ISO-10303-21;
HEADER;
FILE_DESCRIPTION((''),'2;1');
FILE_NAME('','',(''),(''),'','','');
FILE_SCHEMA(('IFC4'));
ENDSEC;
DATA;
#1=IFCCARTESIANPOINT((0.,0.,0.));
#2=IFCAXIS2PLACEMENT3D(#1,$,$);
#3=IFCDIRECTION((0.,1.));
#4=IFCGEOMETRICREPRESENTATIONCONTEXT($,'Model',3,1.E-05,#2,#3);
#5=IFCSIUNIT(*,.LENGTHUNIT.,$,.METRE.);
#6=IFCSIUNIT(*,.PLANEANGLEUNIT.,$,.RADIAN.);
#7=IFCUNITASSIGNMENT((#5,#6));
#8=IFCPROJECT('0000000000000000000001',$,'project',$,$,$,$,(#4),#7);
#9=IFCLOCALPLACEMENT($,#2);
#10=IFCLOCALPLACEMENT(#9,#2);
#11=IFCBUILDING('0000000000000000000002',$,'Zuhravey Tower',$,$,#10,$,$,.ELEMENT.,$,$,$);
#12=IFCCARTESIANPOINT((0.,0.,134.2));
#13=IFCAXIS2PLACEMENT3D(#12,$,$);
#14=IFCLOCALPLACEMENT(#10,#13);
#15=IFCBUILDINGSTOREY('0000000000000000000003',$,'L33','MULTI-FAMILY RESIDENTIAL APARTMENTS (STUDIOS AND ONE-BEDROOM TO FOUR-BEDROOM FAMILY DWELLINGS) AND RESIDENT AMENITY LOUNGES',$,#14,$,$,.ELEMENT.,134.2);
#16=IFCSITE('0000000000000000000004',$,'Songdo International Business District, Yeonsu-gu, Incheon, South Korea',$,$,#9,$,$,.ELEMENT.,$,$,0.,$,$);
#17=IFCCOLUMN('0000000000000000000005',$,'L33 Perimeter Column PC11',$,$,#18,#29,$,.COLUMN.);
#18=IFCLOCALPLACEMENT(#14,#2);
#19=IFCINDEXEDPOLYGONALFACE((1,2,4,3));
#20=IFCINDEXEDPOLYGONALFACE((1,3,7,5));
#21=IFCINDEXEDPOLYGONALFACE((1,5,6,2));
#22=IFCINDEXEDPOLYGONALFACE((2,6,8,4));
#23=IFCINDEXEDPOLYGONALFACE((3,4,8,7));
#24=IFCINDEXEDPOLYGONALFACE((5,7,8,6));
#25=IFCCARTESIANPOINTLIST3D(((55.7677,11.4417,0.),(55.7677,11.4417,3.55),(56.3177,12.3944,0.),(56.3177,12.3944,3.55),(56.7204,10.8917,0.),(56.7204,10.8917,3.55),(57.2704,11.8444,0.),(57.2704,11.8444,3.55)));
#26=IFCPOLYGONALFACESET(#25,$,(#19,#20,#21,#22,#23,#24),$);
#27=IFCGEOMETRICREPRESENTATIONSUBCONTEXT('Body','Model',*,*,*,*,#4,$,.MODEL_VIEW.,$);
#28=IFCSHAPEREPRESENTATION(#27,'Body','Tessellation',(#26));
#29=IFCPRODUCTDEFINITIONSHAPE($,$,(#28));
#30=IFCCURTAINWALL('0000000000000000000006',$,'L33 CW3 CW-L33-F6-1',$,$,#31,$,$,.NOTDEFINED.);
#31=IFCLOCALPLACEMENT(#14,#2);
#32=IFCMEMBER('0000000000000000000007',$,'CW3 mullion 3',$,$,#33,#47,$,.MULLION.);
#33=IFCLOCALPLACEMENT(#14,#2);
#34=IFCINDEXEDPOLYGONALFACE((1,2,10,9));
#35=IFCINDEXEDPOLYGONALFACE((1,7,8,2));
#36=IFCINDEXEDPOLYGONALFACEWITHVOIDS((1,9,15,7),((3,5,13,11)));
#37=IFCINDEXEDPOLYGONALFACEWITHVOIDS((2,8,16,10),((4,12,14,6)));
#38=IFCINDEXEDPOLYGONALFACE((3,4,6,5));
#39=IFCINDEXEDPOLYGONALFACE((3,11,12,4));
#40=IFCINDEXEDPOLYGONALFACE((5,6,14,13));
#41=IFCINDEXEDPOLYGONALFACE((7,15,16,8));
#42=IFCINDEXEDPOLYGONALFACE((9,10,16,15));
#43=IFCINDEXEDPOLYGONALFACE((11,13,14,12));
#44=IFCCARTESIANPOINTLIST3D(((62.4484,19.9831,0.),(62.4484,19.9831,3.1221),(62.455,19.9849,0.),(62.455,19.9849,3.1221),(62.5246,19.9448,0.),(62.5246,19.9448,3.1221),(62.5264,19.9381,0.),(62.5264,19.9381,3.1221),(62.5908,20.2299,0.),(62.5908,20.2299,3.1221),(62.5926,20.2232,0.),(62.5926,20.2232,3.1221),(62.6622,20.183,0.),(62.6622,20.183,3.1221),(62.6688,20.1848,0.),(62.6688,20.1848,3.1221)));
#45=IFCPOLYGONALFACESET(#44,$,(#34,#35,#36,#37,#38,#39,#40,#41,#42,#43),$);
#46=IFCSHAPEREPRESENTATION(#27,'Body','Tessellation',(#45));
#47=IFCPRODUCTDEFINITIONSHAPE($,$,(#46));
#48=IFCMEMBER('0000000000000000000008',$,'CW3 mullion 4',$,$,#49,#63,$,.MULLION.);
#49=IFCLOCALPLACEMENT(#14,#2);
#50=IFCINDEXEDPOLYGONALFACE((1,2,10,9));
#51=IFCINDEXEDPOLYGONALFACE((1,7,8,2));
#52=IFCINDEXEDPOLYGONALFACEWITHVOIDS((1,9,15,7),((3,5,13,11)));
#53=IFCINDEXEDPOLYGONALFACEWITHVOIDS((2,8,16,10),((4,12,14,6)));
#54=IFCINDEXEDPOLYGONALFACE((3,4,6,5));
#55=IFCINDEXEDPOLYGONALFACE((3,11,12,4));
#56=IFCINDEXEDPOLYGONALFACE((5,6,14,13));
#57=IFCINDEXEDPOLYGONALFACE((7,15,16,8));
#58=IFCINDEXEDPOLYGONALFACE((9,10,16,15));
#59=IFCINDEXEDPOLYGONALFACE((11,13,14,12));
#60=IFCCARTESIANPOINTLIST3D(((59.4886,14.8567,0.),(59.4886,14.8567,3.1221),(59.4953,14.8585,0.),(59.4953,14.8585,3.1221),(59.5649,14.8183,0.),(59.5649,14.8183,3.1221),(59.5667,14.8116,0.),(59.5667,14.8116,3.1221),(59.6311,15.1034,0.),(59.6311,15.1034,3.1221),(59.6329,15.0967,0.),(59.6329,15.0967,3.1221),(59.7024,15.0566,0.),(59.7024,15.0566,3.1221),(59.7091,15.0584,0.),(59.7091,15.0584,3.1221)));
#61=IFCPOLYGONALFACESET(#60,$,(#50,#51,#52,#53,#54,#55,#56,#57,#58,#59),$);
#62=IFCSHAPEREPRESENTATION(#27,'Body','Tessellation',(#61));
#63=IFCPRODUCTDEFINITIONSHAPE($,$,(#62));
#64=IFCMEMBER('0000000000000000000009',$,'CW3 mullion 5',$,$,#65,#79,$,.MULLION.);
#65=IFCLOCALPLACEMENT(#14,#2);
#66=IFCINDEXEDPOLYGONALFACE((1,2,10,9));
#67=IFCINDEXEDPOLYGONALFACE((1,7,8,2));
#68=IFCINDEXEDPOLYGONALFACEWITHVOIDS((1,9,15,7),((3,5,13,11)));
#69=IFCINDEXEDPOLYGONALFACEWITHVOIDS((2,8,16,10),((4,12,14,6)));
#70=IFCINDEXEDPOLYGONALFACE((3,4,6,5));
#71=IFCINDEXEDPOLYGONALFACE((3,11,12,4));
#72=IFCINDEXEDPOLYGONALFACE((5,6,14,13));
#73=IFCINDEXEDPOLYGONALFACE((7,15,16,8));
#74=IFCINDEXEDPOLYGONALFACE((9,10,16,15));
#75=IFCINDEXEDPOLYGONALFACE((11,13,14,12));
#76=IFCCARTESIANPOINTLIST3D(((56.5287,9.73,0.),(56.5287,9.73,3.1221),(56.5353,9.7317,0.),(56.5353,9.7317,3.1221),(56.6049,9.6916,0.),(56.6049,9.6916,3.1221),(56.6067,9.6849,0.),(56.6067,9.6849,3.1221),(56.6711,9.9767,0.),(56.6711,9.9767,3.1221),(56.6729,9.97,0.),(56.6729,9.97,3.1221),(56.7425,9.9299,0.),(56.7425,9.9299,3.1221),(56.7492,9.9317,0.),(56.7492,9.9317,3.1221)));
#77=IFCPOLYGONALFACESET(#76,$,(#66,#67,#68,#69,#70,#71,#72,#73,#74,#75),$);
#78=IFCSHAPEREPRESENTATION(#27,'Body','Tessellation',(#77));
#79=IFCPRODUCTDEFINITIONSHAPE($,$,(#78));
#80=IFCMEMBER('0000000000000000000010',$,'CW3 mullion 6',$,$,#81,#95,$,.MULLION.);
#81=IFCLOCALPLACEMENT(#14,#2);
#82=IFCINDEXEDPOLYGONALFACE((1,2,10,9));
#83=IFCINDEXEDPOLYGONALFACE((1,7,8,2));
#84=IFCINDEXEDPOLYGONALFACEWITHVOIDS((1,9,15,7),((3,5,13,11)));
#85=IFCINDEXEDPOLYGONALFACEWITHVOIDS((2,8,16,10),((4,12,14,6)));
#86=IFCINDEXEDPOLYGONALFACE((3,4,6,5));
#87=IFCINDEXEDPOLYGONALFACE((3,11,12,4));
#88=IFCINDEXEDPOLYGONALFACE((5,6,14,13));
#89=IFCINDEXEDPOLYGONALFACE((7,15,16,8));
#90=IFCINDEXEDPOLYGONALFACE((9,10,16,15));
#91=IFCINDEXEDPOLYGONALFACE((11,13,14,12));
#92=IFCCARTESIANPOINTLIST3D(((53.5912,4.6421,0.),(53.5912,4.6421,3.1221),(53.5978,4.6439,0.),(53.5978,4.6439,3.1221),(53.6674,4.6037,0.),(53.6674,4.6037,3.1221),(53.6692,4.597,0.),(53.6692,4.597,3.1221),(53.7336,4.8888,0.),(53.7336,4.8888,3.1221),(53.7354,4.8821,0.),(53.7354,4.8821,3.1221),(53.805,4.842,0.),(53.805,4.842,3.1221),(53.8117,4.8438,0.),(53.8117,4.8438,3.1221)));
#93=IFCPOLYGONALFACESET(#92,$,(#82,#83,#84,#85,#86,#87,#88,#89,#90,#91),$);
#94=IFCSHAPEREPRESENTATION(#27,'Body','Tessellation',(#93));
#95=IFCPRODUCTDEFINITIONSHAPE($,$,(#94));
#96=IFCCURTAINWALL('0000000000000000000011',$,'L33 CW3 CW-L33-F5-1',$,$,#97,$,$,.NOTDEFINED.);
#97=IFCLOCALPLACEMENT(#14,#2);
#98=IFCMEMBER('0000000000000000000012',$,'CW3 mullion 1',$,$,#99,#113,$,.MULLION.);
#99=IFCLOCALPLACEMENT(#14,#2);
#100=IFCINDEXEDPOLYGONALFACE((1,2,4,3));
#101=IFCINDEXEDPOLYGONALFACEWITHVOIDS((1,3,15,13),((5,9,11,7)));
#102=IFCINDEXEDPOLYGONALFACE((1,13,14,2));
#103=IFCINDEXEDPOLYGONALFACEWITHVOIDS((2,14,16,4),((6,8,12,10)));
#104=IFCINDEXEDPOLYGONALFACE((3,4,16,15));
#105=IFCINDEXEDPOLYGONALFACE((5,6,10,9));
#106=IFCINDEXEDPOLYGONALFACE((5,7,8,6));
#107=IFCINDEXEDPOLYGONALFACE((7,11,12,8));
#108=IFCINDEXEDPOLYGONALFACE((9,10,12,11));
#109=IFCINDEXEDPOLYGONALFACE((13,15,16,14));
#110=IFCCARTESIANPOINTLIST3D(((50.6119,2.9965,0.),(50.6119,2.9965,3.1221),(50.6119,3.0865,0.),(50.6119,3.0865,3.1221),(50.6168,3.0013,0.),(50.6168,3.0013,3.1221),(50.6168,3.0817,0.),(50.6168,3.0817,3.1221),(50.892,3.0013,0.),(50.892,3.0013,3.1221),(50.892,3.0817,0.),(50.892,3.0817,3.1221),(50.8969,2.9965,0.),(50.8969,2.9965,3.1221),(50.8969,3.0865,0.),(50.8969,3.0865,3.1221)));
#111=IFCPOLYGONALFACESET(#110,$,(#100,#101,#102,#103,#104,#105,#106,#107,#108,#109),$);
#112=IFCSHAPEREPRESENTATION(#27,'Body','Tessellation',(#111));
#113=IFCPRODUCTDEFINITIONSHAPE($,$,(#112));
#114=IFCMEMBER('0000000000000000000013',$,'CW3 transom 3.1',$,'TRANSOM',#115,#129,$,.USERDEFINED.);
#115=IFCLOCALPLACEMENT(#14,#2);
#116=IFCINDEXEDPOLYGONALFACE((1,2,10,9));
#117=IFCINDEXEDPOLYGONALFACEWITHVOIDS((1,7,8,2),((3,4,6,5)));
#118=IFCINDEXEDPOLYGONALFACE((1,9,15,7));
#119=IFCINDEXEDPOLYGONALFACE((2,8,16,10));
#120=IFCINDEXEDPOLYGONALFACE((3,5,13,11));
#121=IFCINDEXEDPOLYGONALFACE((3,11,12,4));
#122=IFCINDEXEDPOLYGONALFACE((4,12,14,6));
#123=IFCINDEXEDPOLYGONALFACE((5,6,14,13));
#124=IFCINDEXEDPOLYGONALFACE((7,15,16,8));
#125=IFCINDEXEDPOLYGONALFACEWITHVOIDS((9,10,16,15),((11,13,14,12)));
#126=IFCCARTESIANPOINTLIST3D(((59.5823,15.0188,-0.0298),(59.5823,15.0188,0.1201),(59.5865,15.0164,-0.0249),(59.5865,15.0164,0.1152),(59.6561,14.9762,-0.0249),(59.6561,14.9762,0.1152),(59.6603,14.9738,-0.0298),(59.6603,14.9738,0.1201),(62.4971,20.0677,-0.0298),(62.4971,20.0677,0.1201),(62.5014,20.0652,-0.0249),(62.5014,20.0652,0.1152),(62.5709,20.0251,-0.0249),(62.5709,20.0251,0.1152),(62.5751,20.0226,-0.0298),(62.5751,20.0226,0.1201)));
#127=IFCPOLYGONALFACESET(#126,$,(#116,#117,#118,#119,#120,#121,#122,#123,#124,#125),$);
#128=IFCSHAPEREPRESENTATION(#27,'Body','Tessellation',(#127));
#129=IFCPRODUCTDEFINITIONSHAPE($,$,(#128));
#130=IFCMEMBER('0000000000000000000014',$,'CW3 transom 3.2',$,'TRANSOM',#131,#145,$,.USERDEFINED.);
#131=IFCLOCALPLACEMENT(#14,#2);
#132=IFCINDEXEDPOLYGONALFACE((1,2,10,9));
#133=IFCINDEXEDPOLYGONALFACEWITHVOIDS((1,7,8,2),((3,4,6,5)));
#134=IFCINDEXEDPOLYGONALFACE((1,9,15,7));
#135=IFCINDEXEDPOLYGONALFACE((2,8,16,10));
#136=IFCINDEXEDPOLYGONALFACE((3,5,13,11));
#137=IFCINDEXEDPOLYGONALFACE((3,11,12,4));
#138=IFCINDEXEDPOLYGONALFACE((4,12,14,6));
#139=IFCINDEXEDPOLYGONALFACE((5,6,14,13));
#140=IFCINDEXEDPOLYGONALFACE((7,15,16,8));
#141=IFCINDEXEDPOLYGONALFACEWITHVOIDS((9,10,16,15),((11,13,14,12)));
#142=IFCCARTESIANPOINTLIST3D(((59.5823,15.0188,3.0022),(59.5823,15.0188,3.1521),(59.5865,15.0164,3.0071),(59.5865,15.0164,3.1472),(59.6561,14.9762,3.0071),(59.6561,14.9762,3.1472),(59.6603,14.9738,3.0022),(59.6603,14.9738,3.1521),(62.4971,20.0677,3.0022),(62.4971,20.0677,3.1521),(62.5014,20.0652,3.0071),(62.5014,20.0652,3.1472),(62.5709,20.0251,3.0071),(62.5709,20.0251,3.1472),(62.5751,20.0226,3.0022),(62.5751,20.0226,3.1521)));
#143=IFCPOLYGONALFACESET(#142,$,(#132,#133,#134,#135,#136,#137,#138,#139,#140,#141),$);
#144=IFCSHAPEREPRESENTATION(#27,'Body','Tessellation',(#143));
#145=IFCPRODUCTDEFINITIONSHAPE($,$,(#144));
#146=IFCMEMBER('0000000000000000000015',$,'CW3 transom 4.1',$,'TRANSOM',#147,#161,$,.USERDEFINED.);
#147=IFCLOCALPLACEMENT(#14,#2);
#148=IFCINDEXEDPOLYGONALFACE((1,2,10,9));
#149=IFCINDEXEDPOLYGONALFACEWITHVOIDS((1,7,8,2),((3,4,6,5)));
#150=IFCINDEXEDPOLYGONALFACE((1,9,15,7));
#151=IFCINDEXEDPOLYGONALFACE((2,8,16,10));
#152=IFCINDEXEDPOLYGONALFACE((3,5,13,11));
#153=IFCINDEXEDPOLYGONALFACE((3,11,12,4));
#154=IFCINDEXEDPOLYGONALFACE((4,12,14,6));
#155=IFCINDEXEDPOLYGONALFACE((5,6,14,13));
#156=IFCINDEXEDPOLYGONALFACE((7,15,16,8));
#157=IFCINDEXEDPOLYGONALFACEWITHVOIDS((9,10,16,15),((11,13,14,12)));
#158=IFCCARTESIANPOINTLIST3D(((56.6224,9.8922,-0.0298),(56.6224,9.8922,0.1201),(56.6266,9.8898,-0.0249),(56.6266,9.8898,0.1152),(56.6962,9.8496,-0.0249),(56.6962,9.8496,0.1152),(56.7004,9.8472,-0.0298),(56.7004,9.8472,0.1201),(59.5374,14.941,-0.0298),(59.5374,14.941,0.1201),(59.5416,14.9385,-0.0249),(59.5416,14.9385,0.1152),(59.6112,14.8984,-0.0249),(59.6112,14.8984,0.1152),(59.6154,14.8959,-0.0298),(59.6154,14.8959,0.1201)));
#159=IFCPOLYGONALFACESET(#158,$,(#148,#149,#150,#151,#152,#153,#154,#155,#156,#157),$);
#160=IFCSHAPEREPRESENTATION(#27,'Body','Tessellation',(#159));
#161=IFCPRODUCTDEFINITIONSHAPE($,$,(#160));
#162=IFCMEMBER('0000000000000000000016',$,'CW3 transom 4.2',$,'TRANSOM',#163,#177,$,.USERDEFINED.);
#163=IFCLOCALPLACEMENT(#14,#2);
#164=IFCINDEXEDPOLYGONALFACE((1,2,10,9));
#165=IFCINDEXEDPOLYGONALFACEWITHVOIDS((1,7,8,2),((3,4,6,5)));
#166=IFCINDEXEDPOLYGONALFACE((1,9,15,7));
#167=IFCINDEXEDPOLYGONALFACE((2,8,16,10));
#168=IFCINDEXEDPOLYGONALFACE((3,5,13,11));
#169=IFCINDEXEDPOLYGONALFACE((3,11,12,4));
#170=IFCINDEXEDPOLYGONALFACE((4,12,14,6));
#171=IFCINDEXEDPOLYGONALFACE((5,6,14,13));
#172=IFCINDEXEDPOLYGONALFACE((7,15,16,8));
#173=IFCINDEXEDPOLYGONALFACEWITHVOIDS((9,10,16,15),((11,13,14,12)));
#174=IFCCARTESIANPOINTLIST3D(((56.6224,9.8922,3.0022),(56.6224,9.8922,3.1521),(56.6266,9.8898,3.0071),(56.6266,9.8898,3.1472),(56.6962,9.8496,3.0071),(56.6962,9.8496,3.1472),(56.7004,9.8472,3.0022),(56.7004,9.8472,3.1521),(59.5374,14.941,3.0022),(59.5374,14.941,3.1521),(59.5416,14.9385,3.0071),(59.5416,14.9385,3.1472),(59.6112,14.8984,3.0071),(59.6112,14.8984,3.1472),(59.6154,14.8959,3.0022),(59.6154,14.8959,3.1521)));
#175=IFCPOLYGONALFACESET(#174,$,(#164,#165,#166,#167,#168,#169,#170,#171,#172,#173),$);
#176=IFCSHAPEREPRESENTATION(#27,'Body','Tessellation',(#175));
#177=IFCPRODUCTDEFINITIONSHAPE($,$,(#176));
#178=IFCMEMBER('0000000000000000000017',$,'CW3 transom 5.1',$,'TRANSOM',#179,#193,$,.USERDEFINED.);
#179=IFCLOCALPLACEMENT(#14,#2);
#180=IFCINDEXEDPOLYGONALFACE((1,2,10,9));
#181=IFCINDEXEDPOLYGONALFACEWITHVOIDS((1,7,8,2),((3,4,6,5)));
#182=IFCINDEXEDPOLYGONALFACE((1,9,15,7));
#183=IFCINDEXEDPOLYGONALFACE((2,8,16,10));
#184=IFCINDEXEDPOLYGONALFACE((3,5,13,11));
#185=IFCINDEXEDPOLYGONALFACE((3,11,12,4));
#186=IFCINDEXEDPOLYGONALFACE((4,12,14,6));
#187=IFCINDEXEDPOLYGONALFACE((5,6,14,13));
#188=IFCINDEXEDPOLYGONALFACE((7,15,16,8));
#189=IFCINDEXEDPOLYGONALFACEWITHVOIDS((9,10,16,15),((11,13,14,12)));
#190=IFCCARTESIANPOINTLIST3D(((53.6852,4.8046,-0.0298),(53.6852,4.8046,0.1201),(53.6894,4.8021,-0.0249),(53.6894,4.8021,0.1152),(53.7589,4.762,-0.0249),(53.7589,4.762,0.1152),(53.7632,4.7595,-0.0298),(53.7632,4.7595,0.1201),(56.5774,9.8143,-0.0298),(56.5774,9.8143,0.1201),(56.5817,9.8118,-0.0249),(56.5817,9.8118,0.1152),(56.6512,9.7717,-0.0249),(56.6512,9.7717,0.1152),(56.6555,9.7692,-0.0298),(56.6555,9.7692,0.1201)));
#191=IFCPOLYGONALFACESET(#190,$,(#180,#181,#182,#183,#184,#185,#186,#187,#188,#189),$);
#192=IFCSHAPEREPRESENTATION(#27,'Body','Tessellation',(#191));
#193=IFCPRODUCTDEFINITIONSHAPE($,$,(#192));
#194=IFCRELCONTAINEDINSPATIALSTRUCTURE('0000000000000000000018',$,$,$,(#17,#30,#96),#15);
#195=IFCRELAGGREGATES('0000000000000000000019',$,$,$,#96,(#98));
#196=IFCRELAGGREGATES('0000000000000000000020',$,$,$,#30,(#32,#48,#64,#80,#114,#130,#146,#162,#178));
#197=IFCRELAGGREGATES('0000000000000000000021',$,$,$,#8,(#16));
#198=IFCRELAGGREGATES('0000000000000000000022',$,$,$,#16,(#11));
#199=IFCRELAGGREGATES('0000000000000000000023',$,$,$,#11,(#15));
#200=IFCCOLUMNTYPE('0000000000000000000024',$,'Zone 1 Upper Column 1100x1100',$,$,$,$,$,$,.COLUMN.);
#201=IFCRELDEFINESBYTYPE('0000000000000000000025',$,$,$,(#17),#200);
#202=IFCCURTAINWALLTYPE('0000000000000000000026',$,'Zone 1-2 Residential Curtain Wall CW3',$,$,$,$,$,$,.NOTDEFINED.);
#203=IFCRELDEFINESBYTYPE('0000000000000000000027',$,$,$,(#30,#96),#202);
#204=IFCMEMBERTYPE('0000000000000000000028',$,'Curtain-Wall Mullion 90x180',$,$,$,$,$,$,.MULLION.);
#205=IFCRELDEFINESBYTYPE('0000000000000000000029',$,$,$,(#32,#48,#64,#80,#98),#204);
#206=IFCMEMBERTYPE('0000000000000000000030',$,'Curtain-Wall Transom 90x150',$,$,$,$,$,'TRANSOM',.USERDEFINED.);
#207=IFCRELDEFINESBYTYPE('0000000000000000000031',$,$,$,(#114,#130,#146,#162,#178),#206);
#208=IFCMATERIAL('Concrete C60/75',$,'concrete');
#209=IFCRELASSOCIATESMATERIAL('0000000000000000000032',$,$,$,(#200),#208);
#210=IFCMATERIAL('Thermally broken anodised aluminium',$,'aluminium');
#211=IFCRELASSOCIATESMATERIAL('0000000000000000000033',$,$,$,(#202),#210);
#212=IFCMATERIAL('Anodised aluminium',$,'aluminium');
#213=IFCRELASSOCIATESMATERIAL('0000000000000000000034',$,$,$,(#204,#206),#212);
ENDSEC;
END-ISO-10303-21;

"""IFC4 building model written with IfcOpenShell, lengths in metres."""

from ifc_helpers import new_model, si_unit, direction, frame, origin, origin_2d, place, context, subcontext, project, spatial, rectangle, hollow_rectangle, extrude, material, material_profile, profile_set, type_object, element, aggregate, save


model = new_model("IFC4")

# Units and contexts
model_context = context("Model", 3, precision=1e-05, world=origin(), true_north=direction((0.0, 1.0)))
body_context = subcontext(model_context, "Body", "Model", "MODEL_VIEW")
ifc_project = project(units=[si_unit("LENGTHUNIT", "METRE"), si_unit("PLANEANGLEUNIT", "RADIAN")], contexts=[model_context])

# Site, building, storey
site_placement = place(None, origin())
site = spatial("IfcSite", under=ifc_project, at=site_placement, Name="Songdo International Business District, Yeonsu-gu, Incheon, South Korea", CompositionType="ELEMENT", RefElevation=0.0)
building_placement = place(site_placement, origin())
building = spatial("IfcBuilding", under=site, at=building_placement, Name="Zuhravey Tower", CompositionType="ELEMENT")
storey_placement = place(building_placement, frame((0.0, 0.0, 134.2)))
storey = spatial("IfcBuildingStorey", under=building, at=storey_placement, Name="L33", Description="MULTI-FAMILY RESIDENTIAL APARTMENTS (STUDIOS AND ONE-BEDROOM TO FOUR-BEDROOM FAMILY DWELLINGS) AND RESIDENT AMENITY LOUNGES", CompositionType="ELEMENT", Elevation=134.2)

# Column
ifc_material_1 = material(Name="Concrete C60/75", Category="concrete")
ifc_material_profile_1 = material_profile(ifc_material_1, rectangle(XDim=1.1001, YDim=1.1001, at=origin_2d()), Name="RC-1100x1100")
ifc_profile_set_1 = profile_set([ifc_material_profile_1], Name="Concrete C60/75")
column_type = type_object("IfcColumnType", Name="Zone 1 Upper Column 1100x1100", PredefinedType="COLUMN", material=ifc_profile_set_1)
column_placement = place(storey_placement, frame((56.519, 11.6431, 0.0), z_axis=(0.0, 0.0, 1.0), x_axis=(0.5, 0.866025, 0.0)))
element("IfcColumn", 1, at=column_placement, inside=storey, type_object=column_type, Name="L33 Perimeter Column PC11", PredefinedType="COLUMN", context=body_context, shape_type="SweptSolid", body=[
    extrude(rectangle(XDim=1.1001, YDim=1.1001, at=origin_2d()), origin(), (0.0, 0.0, 1.0), 3.55),
])

# Curtain wall, members
ifc_material_2 = material(Name="Thermally broken anodised aluminium", Category="aluminium")
curtain_wall_type = type_object("IfcCurtainWallType", Name="Zone 1-2 Residential Curtain Wall CW3", PredefinedType="NOTDEFINED", material=ifc_material_2)
curtain_wall_1_placement = place(storey_placement, origin())
curtain_wall_1 = element("IfcCurtainWall", 2, at=curtain_wall_1_placement, inside=storey, type_object=curtain_wall_type, Name="L33 CW3 CW-L33-F6-1", PredefinedType="NOTDEFINED")
ifc_material_3 = material(Name="Anodised aluminium", Category="aluminium")
ifc_material_profile_2 = material_profile(ifc_material_3, hollow_rectangle(XDim=0.0901, YDim=0.2849, WallThickness=0.0049, at=origin_2d()), Name="ALU-RHS-90x285x5")
ifc_profile_set_2 = profile_set([ifc_material_profile_2], Name="Anodised aluminium")
member_type_1 = type_object("IfcMemberType", Name="Curtain-Wall Mullion 90x180", PredefinedType="MULLION", material=ifc_profile_set_2)
member_1_placement = place(storey_placement, frame((62.5586, 20.084, 0.0), z_axis=(0.0, 0.0, 1.0), x_axis=(0.866026, -0.5, 0.0)))
member_1 = element("IfcMember", 3, at=member_1_placement, type_object=member_type_1, Name="CW3 mullion 3", PredefinedType="MULLION", context=body_context, shape_type="SweptSolid", body=[
    extrude(hollow_rectangle(XDim=0.0901, YDim=0.2849, WallThickness=0.0049, at=origin_2d()), origin(), (0.0, 0.0, 1.0), 3.1221),
])
member_2_placement = place(storey_placement, frame((59.5989, 14.9575, 0.0), z_axis=(0.0, 0.0, 1.0), x_axis=(0.866026, -0.5, 0.0)))
member_2 = element("IfcMember", 4, at=member_2_placement, type_object=member_type_1, Name="CW3 mullion 4", PredefinedType="MULLION", context=body_context, shape_type="SweptSolid", body=[
    extrude(hollow_rectangle(XDim=0.0901, YDim=0.2849, WallThickness=0.0049, at=origin_2d()), origin(), (0.0, 0.0, 1.0), 3.1221),
])
member_3_placement = place(storey_placement, frame((56.6389, 9.8308, 0.0), z_axis=(0.0, 0.0, 1.0), x_axis=(0.866026, -0.5, 0.0)))
member_3 = element("IfcMember", 5, at=member_3_placement, type_object=member_type_1, Name="CW3 mullion 5", PredefinedType="MULLION", context=body_context, shape_type="SweptSolid", body=[
    extrude(hollow_rectangle(XDim=0.0901, YDim=0.2849, WallThickness=0.0049, at=origin_2d()), origin(), (0.0, 0.0, 1.0), 3.1221),
])
member_4_placement = place(storey_placement, frame((53.7014, 4.7429, 0.0), z_axis=(0.0, 0.0, 1.0), x_axis=(0.866026, -0.5, 0.0)))
member_4 = element("IfcMember", 6, at=member_4_placement, type_object=member_type_1, Name="CW3 mullion 6", PredefinedType="MULLION", context=body_context, shape_type="SweptSolid", body=[
    extrude(hollow_rectangle(XDim=0.0901, YDim=0.2849, WallThickness=0.0049, at=origin_2d()), origin(), (0.0, 0.0, 1.0), 3.1221),
])

# Curtain wall, member
curtain_wall_2_placement = place(storey_placement, origin())
curtain_wall_2 = element("IfcCurtainWall", 7, at=curtain_wall_2_placement, inside=storey, type_object=curtain_wall_type, Name="L33 CW3 CW-L33-F5-1", PredefinedType="NOTDEFINED")
member_5_placement = place(storey_placement, frame((50.7544, 3.0415, 0.0), z_axis=(0.0, 0.0, 1.0), x_axis=(0.0, -1.0, 0.0)))
member_5 = element("IfcMember", 8, at=member_5_placement, type_object=member_type_1, Name="CW3 mullion 1", PredefinedType="MULLION", context=body_context, shape_type="SweptSolid", body=[
    extrude(hollow_rectangle(XDim=0.0901, YDim=0.2849, WallThickness=0.0049, at=origin_2d()), origin(), (0.0, 0.0, 1.0), 3.1221),
])

# Members
ifc_material_profile_3 = material_profile(ifc_material_3, hollow_rectangle(XDim=0.0901, YDim=0.1499, WallThickness=0.0049, at=origin_2d()), Name="ALU-RHS-90x150x5")
ifc_profile_set_3 = profile_set([ifc_material_profile_3], Name="Anodised aluminium")
member_type_2 = type_object("IfcMemberType", Name="Curtain-Wall Transom 90x150", ElementType="TRANSOM", PredefinedType="USERDEFINED", material=ifc_profile_set_3)
member_6_placement = place(storey_placement, frame((62.5361, 20.0452, 0.0452), z_axis=(-0.499981, -0.866036, 0.0), x_axis=(0.866036, -0.499981, 0.0)))
member_6 = element("IfcMember", 9, at=member_6_placement, type_object=member_type_2, Name="CW3 transom 3.1", ObjectType="TRANSOM", PredefinedType="USERDEFINED", context=body_context, shape_type="SweptSolid", body=[
    extrude(hollow_rectangle(XDim=0.0901, YDim=0.1499, WallThickness=0.0049, at=origin_2d()), origin(), (0.0, 0.0, 1.0), 5.8298),
])
member_7_placement = place(storey_placement, frame((62.5361, 20.0452, 3.0771), z_axis=(-0.499981, -0.866036, 0.0), x_axis=(0.866036, -0.499981, 0.0)))
member_7 = element("IfcMember", 10, at=member_7_placement, type_object=member_type_2, Name="CW3 transom 3.2", ObjectType="TRANSOM", PredefinedType="USERDEFINED", context=body_context, shape_type="SweptSolid", body=[
    extrude(hollow_rectangle(XDim=0.0901, YDim=0.1499, WallThickness=0.0049, at=origin_2d()), origin(), (0.0, 0.0, 1.0), 5.8298),
])
member_8_placement = place(storey_placement, frame((59.5764, 14.9185, 0.0452), z_axis=(-0.500012, -0.866018, 0.0), x_axis=(0.866018, -0.500012, 0.0)))
member_8 = element("IfcMember", 11, at=member_8_placement, type_object=member_type_2, Name="CW3 transom 4.1", ObjectType="TRANSOM", PredefinedType="USERDEFINED", context=body_context, shape_type="SweptSolid", body=[
    extrude(hollow_rectangle(XDim=0.0901, YDim=0.1499, WallThickness=0.0049, at=origin_2d()), origin(), (0.0, 0.0, 1.0), 5.8298),
])
member_9_placement = place(storey_placement, frame((59.5764, 14.9185, 3.0771), z_axis=(-0.500012, -0.866018, 0.0), x_axis=(0.866018, -0.500012, 0.0)))
member_9 = element("IfcMember", 12, at=member_9_placement, type_object=member_type_2, Name="CW3 transom 4.2", ObjectType="TRANSOM", PredefinedType="USERDEFINED", context=body_context, shape_type="SweptSolid", body=[
    extrude(hollow_rectangle(XDim=0.0901, YDim=0.1499, WallThickness=0.0049, at=origin_2d()), origin(), (0.0, 0.0, 1.0), 5.8298),
])
member_10_placement = place(storey_placement, frame((56.6165, 9.7917, 0.0452), z_axis=(-0.499993, -0.86603, 0.0), x_axis=(0.86603, -0.499993, 0.0)))
member_10 = element("IfcMember", 13, at=member_10_placement, type_object=member_type_2, Name="CW3 transom 5.1", ObjectType="TRANSOM", PredefinedType="USERDEFINED", context=body_context, shape_type="SweptSolid", body=[
    extrude(hollow_rectangle(XDim=0.0901, YDim=0.1499, WallThickness=0.0049, at=origin_2d()), origin(), (0.0, 0.0, 1.0), 5.7847),
])
aggregate(curtain_wall_2, [member_5])

aggregate(curtain_wall_1, [member_1, member_2, member_3, member_4, member_6, member_7, member_8, member_9, member_10])

save(model, "model.ifc")
